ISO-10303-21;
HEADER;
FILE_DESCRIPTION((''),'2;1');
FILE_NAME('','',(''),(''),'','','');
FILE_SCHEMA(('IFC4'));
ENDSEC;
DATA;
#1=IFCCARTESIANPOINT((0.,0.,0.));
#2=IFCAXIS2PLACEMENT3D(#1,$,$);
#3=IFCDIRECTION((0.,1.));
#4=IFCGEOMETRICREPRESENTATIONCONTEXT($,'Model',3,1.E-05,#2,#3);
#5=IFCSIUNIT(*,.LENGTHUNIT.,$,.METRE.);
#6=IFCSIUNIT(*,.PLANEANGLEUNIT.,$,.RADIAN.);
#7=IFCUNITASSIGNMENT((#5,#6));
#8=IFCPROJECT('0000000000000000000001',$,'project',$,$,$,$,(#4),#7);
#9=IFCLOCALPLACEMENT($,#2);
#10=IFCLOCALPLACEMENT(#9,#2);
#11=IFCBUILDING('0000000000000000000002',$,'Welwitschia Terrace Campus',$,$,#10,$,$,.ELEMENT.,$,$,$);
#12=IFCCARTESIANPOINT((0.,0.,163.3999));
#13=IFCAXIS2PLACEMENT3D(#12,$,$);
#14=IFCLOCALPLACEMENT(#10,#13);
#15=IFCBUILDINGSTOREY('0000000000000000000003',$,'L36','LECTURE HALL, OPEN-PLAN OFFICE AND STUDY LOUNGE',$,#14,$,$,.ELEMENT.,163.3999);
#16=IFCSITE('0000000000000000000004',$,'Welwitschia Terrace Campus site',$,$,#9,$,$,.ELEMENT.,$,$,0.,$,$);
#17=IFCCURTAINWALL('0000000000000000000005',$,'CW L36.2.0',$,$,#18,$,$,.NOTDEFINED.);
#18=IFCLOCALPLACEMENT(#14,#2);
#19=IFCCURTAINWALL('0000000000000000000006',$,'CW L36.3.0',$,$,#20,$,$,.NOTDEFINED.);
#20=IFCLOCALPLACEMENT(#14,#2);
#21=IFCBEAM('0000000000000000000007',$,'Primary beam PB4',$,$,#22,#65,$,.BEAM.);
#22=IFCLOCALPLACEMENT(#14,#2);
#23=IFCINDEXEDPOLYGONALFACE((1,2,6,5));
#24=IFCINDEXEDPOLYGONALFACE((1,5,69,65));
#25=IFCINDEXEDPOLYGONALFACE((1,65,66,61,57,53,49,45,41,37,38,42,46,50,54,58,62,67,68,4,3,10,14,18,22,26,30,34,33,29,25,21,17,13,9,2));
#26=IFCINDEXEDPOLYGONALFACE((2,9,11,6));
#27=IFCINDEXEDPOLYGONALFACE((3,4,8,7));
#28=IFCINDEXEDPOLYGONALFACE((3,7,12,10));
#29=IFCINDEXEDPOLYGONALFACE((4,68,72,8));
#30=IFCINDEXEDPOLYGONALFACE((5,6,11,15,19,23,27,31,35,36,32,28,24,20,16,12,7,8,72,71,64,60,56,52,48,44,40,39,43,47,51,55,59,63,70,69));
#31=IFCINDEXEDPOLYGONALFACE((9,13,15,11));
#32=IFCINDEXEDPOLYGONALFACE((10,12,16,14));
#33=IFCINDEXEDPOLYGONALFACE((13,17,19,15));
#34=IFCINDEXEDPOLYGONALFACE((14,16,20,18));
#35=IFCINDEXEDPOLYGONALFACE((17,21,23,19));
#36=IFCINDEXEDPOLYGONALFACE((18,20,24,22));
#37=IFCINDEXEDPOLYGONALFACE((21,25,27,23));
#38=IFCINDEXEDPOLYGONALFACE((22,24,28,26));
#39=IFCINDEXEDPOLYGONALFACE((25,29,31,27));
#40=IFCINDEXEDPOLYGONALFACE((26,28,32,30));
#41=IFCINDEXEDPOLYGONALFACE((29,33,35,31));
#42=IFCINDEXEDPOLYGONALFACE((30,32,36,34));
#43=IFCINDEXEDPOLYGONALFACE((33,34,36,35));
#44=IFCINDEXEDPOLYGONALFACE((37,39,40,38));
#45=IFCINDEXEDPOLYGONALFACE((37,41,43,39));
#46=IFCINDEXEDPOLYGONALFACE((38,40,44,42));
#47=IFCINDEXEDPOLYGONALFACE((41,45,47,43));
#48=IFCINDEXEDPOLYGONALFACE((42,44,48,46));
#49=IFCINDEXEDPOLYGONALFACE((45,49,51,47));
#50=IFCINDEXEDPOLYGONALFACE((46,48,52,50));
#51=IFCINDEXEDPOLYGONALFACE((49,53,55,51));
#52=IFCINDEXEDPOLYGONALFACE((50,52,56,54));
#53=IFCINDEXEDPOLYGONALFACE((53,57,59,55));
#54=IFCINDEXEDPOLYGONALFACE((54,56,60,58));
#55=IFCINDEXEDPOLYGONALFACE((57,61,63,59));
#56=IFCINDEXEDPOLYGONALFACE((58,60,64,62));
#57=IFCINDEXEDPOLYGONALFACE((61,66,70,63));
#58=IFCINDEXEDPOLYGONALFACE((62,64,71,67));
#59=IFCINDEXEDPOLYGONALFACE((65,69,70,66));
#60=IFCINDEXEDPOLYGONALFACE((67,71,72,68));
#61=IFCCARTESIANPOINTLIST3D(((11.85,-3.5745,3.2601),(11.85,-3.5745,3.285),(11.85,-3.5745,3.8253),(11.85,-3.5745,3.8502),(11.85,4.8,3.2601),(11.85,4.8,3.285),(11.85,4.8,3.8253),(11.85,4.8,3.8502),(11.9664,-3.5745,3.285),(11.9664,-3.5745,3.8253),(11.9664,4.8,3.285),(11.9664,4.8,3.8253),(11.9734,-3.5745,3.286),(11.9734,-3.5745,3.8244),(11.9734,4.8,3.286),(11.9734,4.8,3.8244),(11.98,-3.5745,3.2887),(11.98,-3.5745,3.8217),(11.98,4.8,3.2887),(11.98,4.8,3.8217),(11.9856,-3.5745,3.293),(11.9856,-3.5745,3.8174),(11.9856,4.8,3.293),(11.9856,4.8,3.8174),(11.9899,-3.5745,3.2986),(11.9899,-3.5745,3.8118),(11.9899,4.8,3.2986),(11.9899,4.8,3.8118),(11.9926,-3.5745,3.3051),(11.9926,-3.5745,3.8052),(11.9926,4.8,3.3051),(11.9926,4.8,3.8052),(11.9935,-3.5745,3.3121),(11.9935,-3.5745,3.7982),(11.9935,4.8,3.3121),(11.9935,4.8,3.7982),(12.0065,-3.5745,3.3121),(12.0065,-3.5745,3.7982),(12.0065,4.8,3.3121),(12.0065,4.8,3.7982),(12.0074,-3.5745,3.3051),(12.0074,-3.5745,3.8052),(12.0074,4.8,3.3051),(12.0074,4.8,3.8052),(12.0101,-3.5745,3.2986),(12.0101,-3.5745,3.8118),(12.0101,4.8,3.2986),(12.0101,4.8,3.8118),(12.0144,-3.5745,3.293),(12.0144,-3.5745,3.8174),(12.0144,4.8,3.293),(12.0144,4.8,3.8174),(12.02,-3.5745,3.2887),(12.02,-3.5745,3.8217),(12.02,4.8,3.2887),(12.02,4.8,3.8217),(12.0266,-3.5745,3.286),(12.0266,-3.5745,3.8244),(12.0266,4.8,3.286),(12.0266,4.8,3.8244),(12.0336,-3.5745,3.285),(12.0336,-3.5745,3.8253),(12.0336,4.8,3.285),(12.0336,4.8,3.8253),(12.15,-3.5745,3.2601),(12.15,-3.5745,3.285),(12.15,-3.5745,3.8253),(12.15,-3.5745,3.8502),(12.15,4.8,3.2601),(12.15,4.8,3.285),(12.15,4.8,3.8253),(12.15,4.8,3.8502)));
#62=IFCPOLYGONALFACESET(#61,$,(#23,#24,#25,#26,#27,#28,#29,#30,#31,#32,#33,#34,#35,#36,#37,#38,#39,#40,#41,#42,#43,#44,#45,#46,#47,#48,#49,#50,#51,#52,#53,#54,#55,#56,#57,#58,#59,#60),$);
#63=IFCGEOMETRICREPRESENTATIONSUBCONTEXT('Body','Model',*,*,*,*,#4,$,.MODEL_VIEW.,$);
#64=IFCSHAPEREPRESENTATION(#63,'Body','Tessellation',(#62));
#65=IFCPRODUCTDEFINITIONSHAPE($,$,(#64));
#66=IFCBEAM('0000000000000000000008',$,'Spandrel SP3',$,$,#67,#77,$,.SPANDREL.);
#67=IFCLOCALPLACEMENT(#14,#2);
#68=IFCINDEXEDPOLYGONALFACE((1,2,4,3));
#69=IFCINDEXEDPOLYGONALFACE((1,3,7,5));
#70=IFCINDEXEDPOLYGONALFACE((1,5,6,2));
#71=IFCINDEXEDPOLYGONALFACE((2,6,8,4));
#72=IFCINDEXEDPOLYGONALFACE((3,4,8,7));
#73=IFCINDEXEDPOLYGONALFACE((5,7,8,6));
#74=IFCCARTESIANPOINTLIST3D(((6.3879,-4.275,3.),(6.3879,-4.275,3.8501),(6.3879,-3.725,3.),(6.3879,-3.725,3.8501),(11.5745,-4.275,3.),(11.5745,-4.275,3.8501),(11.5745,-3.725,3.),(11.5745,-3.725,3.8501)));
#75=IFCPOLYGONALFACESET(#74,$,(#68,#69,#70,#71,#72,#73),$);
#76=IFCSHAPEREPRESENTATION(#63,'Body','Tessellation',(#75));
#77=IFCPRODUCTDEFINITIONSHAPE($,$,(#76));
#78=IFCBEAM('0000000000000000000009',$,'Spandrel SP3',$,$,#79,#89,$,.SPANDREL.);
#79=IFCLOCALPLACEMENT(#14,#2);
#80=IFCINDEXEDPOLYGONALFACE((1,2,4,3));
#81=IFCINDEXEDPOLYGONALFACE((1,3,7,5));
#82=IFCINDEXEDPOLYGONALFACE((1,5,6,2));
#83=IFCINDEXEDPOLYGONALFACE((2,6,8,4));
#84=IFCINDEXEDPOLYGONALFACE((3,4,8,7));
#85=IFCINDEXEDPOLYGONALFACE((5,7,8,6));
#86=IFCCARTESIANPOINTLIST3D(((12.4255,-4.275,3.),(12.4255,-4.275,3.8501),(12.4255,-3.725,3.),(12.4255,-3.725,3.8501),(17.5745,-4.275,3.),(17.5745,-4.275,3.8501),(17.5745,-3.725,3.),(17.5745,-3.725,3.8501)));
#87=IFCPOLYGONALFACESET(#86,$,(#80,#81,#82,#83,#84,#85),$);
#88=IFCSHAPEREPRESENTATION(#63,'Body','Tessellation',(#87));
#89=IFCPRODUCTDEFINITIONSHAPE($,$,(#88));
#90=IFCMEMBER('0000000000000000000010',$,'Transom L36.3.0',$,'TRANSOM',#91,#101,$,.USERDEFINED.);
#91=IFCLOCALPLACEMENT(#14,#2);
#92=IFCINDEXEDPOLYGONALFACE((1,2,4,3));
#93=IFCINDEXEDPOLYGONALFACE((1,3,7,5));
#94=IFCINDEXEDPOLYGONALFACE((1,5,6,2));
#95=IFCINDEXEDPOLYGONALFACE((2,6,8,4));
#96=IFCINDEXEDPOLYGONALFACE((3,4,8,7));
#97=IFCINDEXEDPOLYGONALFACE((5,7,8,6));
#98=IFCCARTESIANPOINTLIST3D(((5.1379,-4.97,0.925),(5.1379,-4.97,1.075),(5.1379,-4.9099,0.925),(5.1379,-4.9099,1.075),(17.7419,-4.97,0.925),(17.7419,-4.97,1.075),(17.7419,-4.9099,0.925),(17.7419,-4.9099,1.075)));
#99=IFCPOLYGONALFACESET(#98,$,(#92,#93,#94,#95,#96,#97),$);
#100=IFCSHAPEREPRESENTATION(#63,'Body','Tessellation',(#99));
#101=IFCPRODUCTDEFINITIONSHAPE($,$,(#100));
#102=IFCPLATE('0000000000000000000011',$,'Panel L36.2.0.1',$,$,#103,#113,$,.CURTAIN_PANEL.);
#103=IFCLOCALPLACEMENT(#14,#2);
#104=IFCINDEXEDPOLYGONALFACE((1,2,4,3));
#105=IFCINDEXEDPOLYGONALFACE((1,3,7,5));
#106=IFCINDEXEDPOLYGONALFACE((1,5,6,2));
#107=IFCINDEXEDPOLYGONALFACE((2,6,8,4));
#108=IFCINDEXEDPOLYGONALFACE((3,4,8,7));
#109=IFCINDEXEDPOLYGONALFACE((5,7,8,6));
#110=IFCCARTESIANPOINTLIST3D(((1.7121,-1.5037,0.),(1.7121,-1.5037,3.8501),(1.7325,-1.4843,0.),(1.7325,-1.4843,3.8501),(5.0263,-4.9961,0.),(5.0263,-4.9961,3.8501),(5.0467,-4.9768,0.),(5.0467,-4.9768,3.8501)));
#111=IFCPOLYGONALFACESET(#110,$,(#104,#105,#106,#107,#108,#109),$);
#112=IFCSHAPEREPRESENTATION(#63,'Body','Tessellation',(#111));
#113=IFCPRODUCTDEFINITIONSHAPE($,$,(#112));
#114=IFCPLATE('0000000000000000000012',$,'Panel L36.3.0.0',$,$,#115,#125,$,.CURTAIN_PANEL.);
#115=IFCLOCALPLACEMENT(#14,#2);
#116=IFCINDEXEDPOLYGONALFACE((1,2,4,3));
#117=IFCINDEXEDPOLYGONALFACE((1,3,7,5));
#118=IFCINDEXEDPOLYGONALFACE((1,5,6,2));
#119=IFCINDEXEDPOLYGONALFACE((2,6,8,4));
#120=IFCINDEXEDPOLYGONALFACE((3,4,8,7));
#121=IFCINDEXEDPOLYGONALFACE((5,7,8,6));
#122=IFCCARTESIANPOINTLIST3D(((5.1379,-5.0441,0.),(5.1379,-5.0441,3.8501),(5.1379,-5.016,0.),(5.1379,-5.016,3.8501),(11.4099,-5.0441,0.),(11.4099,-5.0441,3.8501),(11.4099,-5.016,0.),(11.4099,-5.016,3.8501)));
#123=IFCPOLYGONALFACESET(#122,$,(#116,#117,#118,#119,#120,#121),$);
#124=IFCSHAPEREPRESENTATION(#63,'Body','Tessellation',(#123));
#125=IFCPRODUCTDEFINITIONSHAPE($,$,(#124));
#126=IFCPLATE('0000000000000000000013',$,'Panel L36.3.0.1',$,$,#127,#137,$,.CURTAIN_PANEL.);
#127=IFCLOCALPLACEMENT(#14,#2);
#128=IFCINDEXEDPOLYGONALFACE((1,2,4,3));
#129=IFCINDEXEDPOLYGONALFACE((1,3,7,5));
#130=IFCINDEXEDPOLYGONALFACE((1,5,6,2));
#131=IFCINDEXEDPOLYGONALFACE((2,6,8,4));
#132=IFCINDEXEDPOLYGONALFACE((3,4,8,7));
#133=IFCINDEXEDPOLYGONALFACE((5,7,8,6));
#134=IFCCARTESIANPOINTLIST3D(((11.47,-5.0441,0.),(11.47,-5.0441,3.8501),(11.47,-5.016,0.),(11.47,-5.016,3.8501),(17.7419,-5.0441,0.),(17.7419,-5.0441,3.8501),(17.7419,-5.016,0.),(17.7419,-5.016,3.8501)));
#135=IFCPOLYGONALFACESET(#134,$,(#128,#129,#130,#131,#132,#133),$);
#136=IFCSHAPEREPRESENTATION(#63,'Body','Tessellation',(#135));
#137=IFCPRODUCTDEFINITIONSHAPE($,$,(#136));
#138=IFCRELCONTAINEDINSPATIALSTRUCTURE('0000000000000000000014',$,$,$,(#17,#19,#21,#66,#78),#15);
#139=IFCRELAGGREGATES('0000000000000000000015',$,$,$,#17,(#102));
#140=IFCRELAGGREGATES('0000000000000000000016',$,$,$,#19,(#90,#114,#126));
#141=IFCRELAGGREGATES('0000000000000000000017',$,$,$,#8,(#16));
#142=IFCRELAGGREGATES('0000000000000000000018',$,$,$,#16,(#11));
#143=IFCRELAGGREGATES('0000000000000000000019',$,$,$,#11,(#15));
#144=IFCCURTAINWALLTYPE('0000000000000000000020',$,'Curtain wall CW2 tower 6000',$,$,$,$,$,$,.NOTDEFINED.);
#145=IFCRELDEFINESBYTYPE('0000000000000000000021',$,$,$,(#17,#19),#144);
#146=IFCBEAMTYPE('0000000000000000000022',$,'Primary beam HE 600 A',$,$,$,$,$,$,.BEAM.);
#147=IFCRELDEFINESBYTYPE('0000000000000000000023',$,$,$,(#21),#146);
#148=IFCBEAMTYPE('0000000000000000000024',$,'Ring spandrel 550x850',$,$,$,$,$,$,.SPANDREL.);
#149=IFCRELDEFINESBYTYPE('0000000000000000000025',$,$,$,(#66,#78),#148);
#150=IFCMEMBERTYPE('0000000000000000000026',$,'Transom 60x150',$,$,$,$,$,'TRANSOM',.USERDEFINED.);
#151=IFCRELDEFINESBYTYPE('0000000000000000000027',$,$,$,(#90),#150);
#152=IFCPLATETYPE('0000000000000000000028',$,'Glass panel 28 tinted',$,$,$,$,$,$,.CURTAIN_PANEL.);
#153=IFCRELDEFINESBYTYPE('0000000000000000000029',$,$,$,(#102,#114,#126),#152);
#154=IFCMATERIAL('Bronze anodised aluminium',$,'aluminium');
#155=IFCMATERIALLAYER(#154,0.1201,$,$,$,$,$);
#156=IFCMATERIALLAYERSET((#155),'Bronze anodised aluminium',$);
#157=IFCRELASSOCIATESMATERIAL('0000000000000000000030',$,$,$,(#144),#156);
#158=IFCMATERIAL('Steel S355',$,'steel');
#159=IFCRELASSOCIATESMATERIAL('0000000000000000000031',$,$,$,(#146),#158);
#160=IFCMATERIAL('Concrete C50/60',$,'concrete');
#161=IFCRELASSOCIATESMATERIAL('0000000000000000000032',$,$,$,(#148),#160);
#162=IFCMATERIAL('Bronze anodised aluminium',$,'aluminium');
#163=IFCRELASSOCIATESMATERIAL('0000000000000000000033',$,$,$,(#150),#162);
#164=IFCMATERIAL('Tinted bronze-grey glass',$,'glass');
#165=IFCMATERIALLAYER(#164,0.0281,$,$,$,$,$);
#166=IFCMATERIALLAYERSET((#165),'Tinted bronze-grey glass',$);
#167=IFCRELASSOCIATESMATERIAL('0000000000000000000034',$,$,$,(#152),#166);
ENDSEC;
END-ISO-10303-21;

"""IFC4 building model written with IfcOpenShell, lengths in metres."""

from ifc_helpers import new_model, si_unit, direction, frame, origin, origin_2d, place, context, subcontext, project, spatial, rectangle, i_section, extrude, material, layer, layer_set, material_profile, profile_set, type_object, element, aggregate, save


model = new_model("IFC4")

# Units and contexts
model_context = context("Model", 3, precision=1e-05, world=origin(), true_north=direction((0.0, 1.0)))
body_context = subcontext(model_context, "Body", "Model", "MODEL_VIEW")
ifc_project = project(units=[si_unit("LENGTHUNIT", "METRE"), si_unit("PLANEANGLEUNIT", "RADIAN")], contexts=[model_context])

# Site, building, storey
site_placement = place(None, origin())
site = spatial("IfcSite", under=ifc_project, at=site_placement, Name="Welwitschia Terrace Campus site", CompositionType="ELEMENT", RefElevation=0.0)
building_placement = place(site_placement, origin())
building = spatial("IfcBuilding", under=site, at=building_placement, Name="Welwitschia Terrace Campus", CompositionType="ELEMENT")
storey_placement = place(building_placement, frame((0.0, 0.0, 163.3999)))
storey = spatial("IfcBuildingStorey", under=building, at=storey_placement, Name="L36", Description="LECTURE HALL, OPEN-PLAN OFFICE AND STUDY LOUNGE", CompositionType="ELEMENT", Elevation=163.3999)

# Curtain wall
ifc_material_1 = material(Name="Bronze anodised aluminium", Category="aluminium")
ifc_layer_1 = layer(ifc_material_1, 0.1201)
ifc_layer_set_1 = layer_set([ifc_layer_1], Name="Bronze anodised aluminium")
curtain_wall_type = type_object("IfcCurtainWallType", Name="Curtain wall CW2 tower 6000", PredefinedType="NOTDEFINED", material=ifc_layer_set_1)
curtain_wall_1_placement = place(storey_placement, origin())
curtain_wall_1 = element("IfcCurtainWall", 1, at=curtain_wall_1_placement, inside=storey, type_object=curtain_wall_type, Name="CW L36.2.0", PredefinedType="NOTDEFINED")

# Curtain wall
curtain_wall_2_placement = place(storey_placement, origin())
curtain_wall_2 = element("IfcCurtainWall", 2, at=curtain_wall_2_placement, inside=storey, type_object=curtain_wall_type, Name="CW L36.3.0", PredefinedType="NOTDEFINED")

# Beams
ifc_material_2 = material(Name="Steel S355", Category="steel")
ifc_material_profile_1 = material_profile(ifc_material_2, i_section(OverallWidth=0.3, OverallDepth=0.5901, WebThickness=0.0129, FlangeThickness=0.0249, FilletRadius=0.0271, at=origin_2d()))
ifc_profile_set_1 = profile_set([ifc_material_profile_1], Name="Steel S355")
beam_type_1 = type_object("IfcBeamType", Name="Primary beam HE 600 A", PredefinedType="BEAM", material=ifc_profile_set_1)
beam_1_placement = place(storey_placement, frame((12.0, -3.5745, 3.5552), z_axis=(0.0, 1.0, 0.0), x_axis=(-1.0, 0.0, 0.0)))
element("IfcBeam", 3, at=beam_1_placement, inside=storey, type_object=beam_type_1, Name="Primary beam PB4", PredefinedType="BEAM", context=body_context, shape_type="SweptSolid", body=[
    extrude(i_section(OverallWidth=0.3, OverallDepth=0.5901, WebThickness=0.0129, FlangeThickness=0.0249, FilletRadius=0.0271, at=origin_2d()), origin(), (0.0, 0.0, 1.0), 8.3745),
])
ifc_material_3 = material(Name="Concrete C50/60", Category="concrete")
ifc_material_profile_2 = material_profile(ifc_material_3, rectangle(XDim=0.55, YDim=0.8501, at=origin_2d()))
ifc_profile_set_2 = profile_set([ifc_material_profile_2], Name="Concrete C50/60")
beam_type_2 = type_object("IfcBeamType", Name="Ring spandrel 550x850", PredefinedType="SPANDREL", material=ifc_profile_set_2)
beam_2_placement = place(storey_placement, frame((6.3879, -4.0, 3.425), z_axis=(1.0, 0.0, 0.0), x_axis=(0.0, 1.0, 0.0)))
element("IfcBeam", 4, at=beam_2_placement, inside=storey, type_object=beam_type_2, Name="Spandrel SP3", PredefinedType="SPANDREL", context=body_context, shape_type="SweptSolid", body=[
    extrude(rectangle(XDim=0.55, YDim=0.8501, at=origin_2d()), origin(), (0.0, 0.0, 1.0), 5.1865),
])
beam_3_placement = place(storey_placement, frame((12.4255, -4.0, 3.425), z_axis=(1.0, 0.0, 0.0), x_axis=(0.0, 1.0, 0.0)))
element("IfcBeam", 5, at=beam_3_placement, inside=storey, type_object=beam_type_2, Name="Spandrel SP3", PredefinedType="SPANDREL", context=body_context, shape_type="SweptSolid", body=[
    extrude(rectangle(XDim=0.55, YDim=0.8501, at=origin_2d()), origin(), (0.0, 0.0, 1.0), 5.1489),
])

# Member
ifc_material_4 = material(Name="Bronze anodised aluminium", Category="aluminium")
ifc_material_profile_3 = material_profile(ifc_material_4, rectangle(XDim=0.0601, YDim=0.1499, at=origin_2d()))
ifc_profile_set_3 = profile_set([ifc_material_profile_3], Name="Bronze anodised aluminium")
member_type_1 = type_object("IfcMemberType", Name="Transom 60x150", ElementType="TRANSOM", PredefinedType="USERDEFINED", material=ifc_profile_set_3)
member_1_placement = place(storey_placement, frame((5.1379, -4.9399, 1.0), z_axis=(1.0, 0.0, 0.0), x_axis=(0.0, 1.0, 0.0)))
member_1 = element("IfcMember", 6, at=member_1_placement, type_object=member_type_1, Name="Transom L36.3.0", ObjectType="TRANSOM", PredefinedType="USERDEFINED", context=body_context, shape_type="SweptSolid", body=[
    extrude(rectangle(XDim=0.0601, YDim=0.1499, at=origin_2d()), origin(), (0.0, 0.0, 1.0), 12.604),
])

# Plates
ifc_material_5 = material(Name="Tinted bronze-grey glass", Category="glass")
ifc_layer_2 = layer(ifc_material_5, 0.0281)
ifc_layer_set_2 = layer_set([ifc_layer_2], Name="Tinted bronze-grey glass")
plate_type = type_object("IfcPlateType", Name="Glass panel 28 tinted", PredefinedType="CURTAIN_PANEL", material=ifc_layer_set_2)
plate_1_placement = place(storey_placement, frame((3.3794, -3.2402, 0.0), z_axis=(0.0, 0.0, 1.0), x_axis=(0.688355, -0.725374, 0.0)))
plate_1 = element("IfcPlate", 7, at=plate_1_placement, type_object=plate_type, Name="Panel L36.2.0.1", PredefinedType="CURTAIN_PANEL", context=body_context, shape_type="SweptSolid", body=[
    extrude(rectangle(XDim=4.8147, YDim=0.0281, at=origin_2d()), origin(), (0.0, 0.0, 1.0), 3.8501),
])
aggregate(curtain_wall_1, [plate_1])
plate_2_placement = place(storey_placement, frame((8.2739, -5.03, 0.0), z_axis=(0.0, 0.0, 1.0), x_axis=(1.0, 0.0, 0.0)))
plate_2 = element("IfcPlate", 8, at=plate_2_placement, type_object=plate_type, Name="Panel L36.3.0.0", PredefinedType="CURTAIN_PANEL", context=body_context, shape_type="SweptSolid", body=[
    extrude(rectangle(XDim=6.272, YDim=0.0281, at=origin_2d()), origin(), (0.0, 0.0, 1.0), 3.8501),
])
plate_3_placement = place(storey_placement, frame((14.606, -5.03, 0.0), z_axis=(0.0, 0.0, 1.0), x_axis=(1.0, 0.0, 0.0)))
plate_3 = element("IfcPlate", 9, at=plate_3_placement, type_object=plate_type, Name="Panel L36.3.0.1", PredefinedType="CURTAIN_PANEL", context=body_context, shape_type="SweptSolid", body=[
    extrude(rectangle(XDim=6.272, YDim=0.0281, at=origin_2d()), origin(), (0.0, 0.0, 1.0), 3.8501),
])
aggregate(curtain_wall_2, [member_1, plate_2, plate_3])

save(model, "model.ifc")
